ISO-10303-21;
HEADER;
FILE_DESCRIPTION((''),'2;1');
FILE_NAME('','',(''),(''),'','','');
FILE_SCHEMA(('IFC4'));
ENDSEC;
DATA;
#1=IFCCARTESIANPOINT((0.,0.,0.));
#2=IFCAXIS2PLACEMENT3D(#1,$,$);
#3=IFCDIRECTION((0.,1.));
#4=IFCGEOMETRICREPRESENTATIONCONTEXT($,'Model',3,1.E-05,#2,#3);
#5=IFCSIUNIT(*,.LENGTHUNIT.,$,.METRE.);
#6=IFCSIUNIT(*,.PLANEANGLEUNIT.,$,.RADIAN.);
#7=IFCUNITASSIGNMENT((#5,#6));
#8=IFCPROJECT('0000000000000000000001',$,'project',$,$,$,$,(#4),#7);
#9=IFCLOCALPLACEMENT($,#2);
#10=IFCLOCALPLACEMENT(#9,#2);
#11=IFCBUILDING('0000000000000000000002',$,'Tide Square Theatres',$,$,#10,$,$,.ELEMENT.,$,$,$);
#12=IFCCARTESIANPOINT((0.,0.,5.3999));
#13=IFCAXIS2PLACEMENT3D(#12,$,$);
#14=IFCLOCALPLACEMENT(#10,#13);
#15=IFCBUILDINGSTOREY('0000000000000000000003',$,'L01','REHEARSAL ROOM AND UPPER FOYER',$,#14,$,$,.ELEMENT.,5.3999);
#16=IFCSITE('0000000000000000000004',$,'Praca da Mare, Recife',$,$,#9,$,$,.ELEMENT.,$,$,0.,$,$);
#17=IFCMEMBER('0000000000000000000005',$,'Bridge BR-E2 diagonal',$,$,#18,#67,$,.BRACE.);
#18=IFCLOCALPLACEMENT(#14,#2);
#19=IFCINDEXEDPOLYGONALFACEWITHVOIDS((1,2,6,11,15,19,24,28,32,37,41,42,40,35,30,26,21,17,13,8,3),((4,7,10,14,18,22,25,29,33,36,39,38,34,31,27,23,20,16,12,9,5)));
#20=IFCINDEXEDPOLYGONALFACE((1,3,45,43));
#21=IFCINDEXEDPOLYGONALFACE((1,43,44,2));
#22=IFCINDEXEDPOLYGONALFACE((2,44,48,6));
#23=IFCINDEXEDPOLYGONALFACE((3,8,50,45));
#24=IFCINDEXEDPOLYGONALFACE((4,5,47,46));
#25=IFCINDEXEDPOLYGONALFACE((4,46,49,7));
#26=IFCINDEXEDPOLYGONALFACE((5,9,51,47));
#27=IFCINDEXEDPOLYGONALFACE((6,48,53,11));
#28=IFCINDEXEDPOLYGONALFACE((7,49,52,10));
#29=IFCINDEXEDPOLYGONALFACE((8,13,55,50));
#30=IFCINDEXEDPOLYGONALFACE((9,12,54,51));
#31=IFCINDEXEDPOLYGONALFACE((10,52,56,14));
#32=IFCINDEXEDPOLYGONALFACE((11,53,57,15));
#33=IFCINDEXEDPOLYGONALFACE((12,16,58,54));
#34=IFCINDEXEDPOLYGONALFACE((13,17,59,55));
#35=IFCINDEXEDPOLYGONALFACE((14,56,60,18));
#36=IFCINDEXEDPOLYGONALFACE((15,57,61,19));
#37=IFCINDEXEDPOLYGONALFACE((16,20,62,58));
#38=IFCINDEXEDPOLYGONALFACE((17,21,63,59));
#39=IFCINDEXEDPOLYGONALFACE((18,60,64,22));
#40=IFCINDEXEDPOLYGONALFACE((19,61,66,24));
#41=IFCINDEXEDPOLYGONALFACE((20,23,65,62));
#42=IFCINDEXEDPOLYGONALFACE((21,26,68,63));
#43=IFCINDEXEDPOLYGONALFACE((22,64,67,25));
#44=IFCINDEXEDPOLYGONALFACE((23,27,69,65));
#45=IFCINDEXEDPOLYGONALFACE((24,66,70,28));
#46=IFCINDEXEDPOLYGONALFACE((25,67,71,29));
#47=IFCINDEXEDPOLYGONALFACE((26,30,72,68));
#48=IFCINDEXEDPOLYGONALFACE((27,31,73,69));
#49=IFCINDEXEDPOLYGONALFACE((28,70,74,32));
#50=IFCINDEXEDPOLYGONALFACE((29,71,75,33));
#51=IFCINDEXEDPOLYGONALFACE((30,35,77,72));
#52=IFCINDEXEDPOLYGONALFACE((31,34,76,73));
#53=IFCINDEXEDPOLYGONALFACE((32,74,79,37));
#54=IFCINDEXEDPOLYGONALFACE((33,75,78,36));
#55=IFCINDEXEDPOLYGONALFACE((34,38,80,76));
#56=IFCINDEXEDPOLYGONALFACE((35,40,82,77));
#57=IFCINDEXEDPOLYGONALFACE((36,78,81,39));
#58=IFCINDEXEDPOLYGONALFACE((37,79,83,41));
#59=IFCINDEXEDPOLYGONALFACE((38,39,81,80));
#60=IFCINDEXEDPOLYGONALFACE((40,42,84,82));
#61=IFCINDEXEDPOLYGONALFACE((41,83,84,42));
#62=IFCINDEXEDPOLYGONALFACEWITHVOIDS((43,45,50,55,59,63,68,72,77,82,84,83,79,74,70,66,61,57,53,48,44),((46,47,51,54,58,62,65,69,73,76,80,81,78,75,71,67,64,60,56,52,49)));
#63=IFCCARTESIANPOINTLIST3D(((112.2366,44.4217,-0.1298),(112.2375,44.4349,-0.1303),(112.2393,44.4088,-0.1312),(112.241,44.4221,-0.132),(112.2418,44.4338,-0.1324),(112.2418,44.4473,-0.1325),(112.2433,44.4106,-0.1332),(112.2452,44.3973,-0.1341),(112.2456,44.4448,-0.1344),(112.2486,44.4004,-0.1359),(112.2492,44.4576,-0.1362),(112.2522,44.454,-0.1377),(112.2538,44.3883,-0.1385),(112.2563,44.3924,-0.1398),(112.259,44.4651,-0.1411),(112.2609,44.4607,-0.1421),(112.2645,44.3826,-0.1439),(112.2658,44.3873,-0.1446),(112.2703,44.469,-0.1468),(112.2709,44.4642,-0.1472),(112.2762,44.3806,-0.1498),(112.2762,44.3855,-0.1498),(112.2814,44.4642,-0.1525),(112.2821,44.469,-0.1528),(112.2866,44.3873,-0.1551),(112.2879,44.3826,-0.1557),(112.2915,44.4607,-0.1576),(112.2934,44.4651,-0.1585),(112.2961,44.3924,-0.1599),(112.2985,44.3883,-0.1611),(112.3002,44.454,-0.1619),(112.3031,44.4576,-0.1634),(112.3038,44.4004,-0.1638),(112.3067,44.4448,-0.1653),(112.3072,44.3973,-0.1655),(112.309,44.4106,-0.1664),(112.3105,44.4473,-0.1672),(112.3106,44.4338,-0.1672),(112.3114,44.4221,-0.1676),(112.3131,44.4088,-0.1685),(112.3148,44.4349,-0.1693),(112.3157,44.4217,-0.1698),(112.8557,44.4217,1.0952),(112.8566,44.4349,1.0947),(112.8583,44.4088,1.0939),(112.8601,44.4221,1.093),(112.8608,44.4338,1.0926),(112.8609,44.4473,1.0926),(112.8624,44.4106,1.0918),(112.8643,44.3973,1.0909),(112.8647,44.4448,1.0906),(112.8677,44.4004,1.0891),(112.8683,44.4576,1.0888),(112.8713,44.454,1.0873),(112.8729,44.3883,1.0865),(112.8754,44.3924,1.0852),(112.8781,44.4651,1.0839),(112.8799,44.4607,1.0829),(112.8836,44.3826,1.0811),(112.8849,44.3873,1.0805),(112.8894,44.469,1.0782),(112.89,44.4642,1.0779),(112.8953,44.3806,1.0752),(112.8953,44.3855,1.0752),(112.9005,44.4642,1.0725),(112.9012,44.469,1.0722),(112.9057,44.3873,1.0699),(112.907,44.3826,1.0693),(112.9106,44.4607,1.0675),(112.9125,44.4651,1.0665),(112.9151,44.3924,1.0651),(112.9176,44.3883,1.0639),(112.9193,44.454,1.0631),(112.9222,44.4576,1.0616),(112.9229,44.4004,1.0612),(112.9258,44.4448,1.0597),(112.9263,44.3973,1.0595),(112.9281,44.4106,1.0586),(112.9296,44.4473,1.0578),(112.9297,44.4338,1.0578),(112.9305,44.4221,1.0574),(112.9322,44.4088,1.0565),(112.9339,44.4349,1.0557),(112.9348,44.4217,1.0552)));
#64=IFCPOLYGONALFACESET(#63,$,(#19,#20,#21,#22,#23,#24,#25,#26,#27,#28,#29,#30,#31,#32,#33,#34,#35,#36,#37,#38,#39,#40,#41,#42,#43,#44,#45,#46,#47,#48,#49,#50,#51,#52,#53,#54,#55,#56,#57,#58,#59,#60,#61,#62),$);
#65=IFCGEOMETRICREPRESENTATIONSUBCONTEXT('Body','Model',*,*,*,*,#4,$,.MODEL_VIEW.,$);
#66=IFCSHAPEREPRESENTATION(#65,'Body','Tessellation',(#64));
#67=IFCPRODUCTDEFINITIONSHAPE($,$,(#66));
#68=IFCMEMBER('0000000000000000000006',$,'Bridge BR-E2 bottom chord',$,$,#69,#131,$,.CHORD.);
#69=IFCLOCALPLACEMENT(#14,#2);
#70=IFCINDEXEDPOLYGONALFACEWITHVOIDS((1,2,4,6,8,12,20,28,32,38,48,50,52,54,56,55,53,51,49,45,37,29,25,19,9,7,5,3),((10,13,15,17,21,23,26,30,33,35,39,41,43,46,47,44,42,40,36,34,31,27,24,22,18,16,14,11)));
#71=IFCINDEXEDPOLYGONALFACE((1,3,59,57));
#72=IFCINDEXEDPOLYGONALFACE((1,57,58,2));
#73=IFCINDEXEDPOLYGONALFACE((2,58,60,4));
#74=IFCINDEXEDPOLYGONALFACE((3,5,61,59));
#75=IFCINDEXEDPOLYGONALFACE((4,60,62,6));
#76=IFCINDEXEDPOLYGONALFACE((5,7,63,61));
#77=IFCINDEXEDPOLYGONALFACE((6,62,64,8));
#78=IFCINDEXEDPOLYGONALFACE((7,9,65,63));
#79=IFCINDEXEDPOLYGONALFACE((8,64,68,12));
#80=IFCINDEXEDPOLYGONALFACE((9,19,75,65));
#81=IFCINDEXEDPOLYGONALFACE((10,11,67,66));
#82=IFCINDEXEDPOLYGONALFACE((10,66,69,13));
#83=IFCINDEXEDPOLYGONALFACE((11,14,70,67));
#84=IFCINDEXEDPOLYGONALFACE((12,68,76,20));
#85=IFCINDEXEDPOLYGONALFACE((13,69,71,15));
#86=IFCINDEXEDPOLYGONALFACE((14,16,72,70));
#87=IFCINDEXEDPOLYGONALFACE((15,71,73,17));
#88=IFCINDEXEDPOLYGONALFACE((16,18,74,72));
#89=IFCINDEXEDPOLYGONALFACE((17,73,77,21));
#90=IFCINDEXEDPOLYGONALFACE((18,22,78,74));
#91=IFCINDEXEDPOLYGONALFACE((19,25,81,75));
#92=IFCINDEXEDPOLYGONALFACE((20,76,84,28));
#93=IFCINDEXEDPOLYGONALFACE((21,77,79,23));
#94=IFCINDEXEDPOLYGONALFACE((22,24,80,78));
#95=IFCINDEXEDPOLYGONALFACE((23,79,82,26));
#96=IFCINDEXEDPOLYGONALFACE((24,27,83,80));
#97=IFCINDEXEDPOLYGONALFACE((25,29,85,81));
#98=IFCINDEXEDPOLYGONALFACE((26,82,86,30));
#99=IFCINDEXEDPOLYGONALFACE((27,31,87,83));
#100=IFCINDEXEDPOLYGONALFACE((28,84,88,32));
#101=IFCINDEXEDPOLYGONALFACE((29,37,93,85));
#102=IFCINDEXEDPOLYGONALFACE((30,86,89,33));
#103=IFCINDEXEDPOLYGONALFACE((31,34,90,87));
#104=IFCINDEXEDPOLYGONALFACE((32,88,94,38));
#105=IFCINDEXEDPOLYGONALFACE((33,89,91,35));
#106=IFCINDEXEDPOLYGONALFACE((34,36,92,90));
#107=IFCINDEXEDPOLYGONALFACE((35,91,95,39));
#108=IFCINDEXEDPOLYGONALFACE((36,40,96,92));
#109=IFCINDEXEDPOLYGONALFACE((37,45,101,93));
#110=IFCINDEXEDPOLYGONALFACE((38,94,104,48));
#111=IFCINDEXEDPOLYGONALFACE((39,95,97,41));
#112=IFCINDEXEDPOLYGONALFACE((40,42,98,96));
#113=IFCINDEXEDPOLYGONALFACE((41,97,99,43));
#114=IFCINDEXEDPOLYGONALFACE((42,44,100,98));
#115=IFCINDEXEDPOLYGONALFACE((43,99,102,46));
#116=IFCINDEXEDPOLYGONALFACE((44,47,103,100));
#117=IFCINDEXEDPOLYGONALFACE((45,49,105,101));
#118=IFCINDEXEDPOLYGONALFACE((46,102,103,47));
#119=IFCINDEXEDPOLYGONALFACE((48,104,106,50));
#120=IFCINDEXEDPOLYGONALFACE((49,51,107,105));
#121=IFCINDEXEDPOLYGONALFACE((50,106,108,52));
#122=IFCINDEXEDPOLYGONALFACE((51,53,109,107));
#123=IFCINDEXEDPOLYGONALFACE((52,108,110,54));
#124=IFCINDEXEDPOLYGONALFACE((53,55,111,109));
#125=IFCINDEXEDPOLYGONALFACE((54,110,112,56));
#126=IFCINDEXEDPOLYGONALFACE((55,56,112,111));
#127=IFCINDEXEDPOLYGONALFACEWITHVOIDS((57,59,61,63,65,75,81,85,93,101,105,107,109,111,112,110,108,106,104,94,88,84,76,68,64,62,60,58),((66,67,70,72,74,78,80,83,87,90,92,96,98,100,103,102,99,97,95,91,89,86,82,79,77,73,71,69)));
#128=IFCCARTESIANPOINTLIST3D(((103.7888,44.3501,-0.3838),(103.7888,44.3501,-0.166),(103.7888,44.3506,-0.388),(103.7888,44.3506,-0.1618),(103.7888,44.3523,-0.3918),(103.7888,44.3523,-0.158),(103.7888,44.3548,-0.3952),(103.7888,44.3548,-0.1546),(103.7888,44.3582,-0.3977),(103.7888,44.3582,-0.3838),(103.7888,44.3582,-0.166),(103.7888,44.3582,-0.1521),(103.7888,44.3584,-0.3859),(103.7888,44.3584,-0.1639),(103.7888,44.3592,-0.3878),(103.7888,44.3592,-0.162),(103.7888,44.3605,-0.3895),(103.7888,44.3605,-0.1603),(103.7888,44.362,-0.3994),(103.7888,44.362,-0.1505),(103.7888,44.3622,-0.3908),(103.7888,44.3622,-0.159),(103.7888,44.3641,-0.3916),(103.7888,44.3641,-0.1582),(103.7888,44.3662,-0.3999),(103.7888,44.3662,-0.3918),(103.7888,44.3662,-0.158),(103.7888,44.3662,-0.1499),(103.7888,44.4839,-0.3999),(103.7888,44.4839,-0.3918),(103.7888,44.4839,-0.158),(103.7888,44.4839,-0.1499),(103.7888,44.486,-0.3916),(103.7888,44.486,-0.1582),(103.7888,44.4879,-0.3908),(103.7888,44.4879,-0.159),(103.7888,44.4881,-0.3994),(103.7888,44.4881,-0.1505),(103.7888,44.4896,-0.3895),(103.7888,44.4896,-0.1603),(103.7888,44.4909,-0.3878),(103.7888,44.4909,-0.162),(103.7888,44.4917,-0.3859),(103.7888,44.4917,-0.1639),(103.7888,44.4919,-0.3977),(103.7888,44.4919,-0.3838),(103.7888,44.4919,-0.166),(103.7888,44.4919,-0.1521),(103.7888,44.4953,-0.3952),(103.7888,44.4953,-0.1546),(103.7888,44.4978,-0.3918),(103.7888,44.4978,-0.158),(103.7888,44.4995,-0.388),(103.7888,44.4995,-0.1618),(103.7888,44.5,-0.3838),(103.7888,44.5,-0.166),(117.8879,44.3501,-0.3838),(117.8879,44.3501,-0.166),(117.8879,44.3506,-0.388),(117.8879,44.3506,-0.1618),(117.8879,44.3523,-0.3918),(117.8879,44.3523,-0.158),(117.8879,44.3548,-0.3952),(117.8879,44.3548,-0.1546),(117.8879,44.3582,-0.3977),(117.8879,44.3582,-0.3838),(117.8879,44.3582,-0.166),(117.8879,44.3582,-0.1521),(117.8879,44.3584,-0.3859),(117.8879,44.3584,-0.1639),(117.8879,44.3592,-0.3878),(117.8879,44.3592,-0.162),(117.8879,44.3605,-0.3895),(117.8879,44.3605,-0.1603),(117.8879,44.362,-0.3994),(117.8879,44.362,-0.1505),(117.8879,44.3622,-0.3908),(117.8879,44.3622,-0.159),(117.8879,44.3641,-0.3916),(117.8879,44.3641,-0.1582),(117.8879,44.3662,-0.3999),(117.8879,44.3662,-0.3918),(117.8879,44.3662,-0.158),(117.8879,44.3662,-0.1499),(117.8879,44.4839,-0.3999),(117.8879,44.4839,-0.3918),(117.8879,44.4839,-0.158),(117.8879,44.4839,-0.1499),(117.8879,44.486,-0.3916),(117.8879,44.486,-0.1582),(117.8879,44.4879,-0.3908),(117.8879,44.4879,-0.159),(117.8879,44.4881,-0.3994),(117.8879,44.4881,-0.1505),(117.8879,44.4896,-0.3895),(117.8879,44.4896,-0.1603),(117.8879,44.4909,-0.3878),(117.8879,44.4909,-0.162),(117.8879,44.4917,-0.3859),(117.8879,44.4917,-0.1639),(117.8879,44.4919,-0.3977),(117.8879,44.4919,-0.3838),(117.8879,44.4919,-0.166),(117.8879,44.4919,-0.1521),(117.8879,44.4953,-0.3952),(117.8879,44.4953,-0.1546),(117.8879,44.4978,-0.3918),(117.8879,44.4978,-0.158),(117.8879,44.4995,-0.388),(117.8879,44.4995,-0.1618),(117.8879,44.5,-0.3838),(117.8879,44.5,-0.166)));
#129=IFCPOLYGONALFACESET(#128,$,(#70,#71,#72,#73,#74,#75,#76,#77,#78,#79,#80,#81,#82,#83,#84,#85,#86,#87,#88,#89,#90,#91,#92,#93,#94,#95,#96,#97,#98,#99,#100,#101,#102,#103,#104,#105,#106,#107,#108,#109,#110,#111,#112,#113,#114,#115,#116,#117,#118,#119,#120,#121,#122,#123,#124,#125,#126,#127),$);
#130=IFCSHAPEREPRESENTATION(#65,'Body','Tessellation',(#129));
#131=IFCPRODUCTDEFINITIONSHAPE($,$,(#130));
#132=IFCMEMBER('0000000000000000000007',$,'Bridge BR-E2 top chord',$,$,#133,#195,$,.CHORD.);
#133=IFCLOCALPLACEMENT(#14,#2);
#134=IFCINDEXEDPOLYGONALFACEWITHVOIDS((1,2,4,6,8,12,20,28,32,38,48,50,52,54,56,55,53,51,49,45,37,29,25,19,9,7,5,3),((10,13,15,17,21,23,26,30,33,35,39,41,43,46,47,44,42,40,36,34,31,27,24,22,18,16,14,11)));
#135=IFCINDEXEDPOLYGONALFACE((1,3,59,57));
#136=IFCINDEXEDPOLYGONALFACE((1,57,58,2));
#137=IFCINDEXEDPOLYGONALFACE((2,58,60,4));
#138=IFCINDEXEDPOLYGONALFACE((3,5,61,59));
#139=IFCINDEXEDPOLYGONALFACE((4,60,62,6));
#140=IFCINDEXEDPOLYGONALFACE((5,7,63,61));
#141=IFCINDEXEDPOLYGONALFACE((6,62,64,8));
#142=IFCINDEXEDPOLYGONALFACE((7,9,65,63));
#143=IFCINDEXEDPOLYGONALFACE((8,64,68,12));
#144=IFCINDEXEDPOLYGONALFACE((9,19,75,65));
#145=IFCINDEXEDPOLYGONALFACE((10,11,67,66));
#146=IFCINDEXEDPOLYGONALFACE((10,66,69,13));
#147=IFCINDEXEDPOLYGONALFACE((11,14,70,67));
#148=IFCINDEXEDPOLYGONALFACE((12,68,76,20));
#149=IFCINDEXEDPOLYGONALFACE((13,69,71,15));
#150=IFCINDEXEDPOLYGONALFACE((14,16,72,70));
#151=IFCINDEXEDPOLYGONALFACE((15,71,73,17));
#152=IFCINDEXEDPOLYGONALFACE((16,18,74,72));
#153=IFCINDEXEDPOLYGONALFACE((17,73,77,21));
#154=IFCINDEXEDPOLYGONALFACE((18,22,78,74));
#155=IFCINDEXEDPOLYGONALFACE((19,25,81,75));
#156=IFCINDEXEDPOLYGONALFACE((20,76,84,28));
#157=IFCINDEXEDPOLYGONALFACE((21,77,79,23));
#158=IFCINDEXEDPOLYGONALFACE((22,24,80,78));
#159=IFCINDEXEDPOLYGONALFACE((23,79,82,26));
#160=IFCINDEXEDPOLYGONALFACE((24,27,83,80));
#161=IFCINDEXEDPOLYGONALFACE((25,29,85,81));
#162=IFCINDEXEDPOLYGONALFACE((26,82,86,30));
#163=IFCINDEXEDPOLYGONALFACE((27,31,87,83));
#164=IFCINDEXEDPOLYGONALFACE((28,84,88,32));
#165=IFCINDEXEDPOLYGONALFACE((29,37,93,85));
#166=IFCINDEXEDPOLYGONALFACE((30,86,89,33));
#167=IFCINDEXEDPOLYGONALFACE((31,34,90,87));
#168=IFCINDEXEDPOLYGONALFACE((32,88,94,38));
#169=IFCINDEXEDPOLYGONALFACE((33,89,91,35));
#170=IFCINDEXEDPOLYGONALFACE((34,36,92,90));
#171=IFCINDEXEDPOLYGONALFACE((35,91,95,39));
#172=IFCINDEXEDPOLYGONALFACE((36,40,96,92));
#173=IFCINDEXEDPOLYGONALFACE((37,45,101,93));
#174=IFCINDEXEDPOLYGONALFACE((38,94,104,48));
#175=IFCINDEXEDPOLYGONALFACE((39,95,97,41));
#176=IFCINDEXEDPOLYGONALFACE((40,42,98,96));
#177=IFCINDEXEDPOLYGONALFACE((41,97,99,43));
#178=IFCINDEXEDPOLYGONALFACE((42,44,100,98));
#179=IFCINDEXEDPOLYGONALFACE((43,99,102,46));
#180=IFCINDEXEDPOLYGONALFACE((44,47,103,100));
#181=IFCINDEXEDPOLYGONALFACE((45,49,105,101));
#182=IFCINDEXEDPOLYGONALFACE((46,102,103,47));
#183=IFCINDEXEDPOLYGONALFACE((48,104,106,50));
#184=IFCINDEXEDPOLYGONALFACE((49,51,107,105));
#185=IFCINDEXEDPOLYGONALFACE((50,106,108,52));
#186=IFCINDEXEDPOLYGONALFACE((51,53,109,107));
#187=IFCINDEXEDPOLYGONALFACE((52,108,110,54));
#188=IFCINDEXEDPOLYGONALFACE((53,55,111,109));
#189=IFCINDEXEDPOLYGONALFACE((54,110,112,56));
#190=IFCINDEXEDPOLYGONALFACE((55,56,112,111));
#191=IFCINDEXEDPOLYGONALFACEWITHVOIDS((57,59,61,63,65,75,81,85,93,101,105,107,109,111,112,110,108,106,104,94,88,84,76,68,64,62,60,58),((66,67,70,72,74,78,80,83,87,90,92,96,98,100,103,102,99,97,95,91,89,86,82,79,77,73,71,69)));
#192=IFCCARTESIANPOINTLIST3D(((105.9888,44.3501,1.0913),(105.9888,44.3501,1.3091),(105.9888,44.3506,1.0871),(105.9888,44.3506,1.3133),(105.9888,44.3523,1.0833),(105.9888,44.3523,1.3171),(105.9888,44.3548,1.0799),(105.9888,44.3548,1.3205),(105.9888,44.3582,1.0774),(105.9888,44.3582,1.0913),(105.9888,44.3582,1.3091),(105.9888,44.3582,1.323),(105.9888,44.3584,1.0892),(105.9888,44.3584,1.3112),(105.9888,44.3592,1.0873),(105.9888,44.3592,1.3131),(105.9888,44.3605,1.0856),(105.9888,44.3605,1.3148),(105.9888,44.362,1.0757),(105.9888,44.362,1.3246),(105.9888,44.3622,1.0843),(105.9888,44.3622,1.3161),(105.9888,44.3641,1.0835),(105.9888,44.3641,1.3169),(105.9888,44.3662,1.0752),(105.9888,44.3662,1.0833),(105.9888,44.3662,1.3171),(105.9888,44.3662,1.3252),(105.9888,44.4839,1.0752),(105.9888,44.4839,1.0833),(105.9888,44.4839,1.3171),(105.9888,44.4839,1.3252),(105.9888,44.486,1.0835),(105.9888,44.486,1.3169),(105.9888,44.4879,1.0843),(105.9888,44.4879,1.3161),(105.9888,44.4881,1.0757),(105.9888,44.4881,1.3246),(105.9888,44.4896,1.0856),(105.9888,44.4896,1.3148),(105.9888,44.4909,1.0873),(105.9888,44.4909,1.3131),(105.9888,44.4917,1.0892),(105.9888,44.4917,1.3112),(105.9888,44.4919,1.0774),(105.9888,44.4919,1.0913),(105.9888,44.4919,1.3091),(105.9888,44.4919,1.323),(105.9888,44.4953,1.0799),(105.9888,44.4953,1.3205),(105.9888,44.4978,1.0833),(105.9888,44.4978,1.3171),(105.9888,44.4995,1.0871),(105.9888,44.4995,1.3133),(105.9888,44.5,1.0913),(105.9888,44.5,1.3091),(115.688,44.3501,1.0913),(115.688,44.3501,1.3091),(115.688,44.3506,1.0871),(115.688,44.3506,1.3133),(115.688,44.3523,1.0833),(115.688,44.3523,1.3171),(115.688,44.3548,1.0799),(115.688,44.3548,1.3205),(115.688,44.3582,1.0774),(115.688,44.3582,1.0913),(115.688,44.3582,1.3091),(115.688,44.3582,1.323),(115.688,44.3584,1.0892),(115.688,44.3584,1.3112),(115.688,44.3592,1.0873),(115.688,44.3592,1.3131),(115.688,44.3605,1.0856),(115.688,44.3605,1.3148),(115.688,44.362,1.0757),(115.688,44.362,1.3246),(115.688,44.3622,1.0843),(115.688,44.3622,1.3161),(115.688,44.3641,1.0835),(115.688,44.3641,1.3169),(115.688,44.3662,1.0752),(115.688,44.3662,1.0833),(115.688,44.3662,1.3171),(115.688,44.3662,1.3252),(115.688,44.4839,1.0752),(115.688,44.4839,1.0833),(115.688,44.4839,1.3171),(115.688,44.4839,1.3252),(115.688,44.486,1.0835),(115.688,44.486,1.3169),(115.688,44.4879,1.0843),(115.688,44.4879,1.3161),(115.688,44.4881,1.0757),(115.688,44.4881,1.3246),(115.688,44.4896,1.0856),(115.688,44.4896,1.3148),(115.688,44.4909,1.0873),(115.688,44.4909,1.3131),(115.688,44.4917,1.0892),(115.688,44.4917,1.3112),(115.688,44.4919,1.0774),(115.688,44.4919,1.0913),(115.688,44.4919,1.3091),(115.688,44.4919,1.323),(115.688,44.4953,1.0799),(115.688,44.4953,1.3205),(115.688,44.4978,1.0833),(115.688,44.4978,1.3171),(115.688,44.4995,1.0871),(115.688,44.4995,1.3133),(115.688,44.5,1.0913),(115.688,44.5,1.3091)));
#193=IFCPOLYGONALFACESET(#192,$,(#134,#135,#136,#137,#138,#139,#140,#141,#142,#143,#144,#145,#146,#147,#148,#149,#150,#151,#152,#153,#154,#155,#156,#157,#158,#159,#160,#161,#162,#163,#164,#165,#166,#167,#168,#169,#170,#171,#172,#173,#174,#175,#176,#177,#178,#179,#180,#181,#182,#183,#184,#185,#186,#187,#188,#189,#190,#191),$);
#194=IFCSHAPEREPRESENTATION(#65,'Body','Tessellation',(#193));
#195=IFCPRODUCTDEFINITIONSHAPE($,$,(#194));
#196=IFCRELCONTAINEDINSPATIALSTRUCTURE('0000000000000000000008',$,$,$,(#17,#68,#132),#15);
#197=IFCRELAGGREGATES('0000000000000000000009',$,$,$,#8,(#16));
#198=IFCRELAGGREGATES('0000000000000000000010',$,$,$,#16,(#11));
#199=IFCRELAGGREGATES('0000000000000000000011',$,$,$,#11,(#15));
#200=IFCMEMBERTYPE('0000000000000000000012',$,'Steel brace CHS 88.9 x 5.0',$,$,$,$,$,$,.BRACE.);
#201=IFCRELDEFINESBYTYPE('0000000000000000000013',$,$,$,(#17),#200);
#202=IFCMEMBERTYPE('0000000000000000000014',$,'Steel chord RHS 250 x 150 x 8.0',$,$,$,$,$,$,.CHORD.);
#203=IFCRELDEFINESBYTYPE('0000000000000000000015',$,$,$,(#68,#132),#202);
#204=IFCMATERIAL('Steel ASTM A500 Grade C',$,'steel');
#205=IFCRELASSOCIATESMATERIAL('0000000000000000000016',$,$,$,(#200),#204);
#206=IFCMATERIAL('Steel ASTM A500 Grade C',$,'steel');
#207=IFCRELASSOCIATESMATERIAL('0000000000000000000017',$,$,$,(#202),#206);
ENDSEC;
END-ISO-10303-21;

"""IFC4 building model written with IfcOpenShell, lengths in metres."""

from ifc_helpers import new_model, si_unit, direction, frame, origin, origin_2d, place, context, subcontext, project, spatial, hollow_rectangle, hollow_circle, extrude, material, material_profile, profile_set, type_object, element, save


model = new_model("IFC4")

# Units and contexts
model_context = context("Model", 3, precision=1e-05, world=origin(), true_north=direction((0.0, 1.0)))
body_context = subcontext(model_context, "Body", "Model", "MODEL_VIEW")
ifc_project = project(units=[si_unit("LENGTHUNIT", "METRE"), si_unit("PLANEANGLEUNIT", "RADIAN")], contexts=[model_context])

# Site, building, storey
site_placement = place(None, origin())
site = spatial("IfcSite", under=ifc_project, at=site_placement, Name="Praca da Mare, Recife", CompositionType="ELEMENT", RefElevation=0.0)
building_placement = place(site_placement, origin())
building = spatial("IfcBuilding", under=site, at=building_placement, Name="Tide Square Theatres", CompositionType="ELEMENT")
storey_placement = place(building_placement, frame((0.0, 0.0, 5.3999)))
storey = spatial("IfcBuildingStorey", under=building, at=storey_placement, Name="L01", Description="REHEARSAL ROOM AND UPPER FOYER", CompositionType="ELEMENT", Elevation=5.3999)

# Members
ifc_material_1 = material(Name="Steel ASTM A500 Grade C", Category="steel")
ifc_material_profile_1 = material_profile(ifc_material_1, hollow_circle(Radius=0.0444, WallThickness=0.0049, at=origin_2d()))
ifc_profile_set_1 = profile_set([ifc_material_profile_1], Name="Steel ASTM A500 Grade C")
member_type_1 = type_object("IfcMemberType", Name="Steel brace CHS 88.9 x 5.0", PredefinedType="BRACE", material=ifc_profile_set_1)
for number, where, z_axis, x_axis, name in (
    (1, (112.8953, 44.425, 1.0752), (-0.451051, 0.0, -0.892498), (0.0, -1.0, 0.0), "Bridge BR-E2 diagonal"),
):
    element("IfcMember", number, at=place(storey_placement, frame(where, z_axis=z_axis, x_axis=x_axis)), inside=storey, type_object=member_type_1, Name=name, PredefinedType="BRACE", context=body_context, shape_type="SweptSolid", body=[
        extrude(hollow_circle(Radius=0.0444, WallThickness=0.0049, at=origin_2d()), origin(), (0.0, 0.0, 1.0), 1.3726),
    ])
ifc_material_2 = material(Name="Steel ASTM A500 Grade C", Category="steel")
ifc_material_profile_2 = material_profile(ifc_material_2, hollow_rectangle(XDim=0.1499, YDim=0.25, WallThickness=0.0081, InnerFilletRadius=0.0081, OuterFilletRadius=0.0161, at=origin_2d()))
ifc_profile_set_2 = profile_set([ifc_material_profile_2], Name="Steel ASTM A500 Grade C")
member_type_2 = type_object("IfcMemberType", Name="Steel chord RHS 250 x 150 x 8.0", PredefinedType="CHORD", material=ifc_profile_set_2)
member_1_placement = place(storey_placement, frame((117.8879, 44.425, -0.2749), z_axis=(-1.0, 0.0, 0.0), x_axis=(0.0, -1.0, 0.0)))
element("IfcMember", 2, at=member_1_placement, inside=storey, type_object=member_type_2, Name="Bridge BR-E2 bottom chord", PredefinedType="CHORD", context=body_context, shape_type="SweptSolid", body=[
    extrude(hollow_rectangle(XDim=0.1499, YDim=0.25, WallThickness=0.0081, InnerFilletRadius=0.0081, OuterFilletRadius=0.0161, at=origin_2d()), origin(), (0.0, 0.0, 1.0), 14.0991),
])
member_2_placement = place(storey_placement, frame((115.688, 44.425, 1.2002), z_axis=(-1.0, 0.0, 0.0), x_axis=(0.0, -1.0, 0.0)))
element("IfcMember", 3, at=member_2_placement, inside=storey, type_object=member_type_2, Name="Bridge BR-E2 top chord", PredefinedType="CHORD", context=body_context, shape_type="SweptSolid", body=[
    extrude(hollow_rectangle(XDim=0.1499, YDim=0.25, WallThickness=0.0081, InnerFilletRadius=0.0081, OuterFilletRadius=0.0161, at=origin_2d()), origin(), (0.0, 0.0, 1.0), 9.6992),
])

save(model, "model.ifc")
